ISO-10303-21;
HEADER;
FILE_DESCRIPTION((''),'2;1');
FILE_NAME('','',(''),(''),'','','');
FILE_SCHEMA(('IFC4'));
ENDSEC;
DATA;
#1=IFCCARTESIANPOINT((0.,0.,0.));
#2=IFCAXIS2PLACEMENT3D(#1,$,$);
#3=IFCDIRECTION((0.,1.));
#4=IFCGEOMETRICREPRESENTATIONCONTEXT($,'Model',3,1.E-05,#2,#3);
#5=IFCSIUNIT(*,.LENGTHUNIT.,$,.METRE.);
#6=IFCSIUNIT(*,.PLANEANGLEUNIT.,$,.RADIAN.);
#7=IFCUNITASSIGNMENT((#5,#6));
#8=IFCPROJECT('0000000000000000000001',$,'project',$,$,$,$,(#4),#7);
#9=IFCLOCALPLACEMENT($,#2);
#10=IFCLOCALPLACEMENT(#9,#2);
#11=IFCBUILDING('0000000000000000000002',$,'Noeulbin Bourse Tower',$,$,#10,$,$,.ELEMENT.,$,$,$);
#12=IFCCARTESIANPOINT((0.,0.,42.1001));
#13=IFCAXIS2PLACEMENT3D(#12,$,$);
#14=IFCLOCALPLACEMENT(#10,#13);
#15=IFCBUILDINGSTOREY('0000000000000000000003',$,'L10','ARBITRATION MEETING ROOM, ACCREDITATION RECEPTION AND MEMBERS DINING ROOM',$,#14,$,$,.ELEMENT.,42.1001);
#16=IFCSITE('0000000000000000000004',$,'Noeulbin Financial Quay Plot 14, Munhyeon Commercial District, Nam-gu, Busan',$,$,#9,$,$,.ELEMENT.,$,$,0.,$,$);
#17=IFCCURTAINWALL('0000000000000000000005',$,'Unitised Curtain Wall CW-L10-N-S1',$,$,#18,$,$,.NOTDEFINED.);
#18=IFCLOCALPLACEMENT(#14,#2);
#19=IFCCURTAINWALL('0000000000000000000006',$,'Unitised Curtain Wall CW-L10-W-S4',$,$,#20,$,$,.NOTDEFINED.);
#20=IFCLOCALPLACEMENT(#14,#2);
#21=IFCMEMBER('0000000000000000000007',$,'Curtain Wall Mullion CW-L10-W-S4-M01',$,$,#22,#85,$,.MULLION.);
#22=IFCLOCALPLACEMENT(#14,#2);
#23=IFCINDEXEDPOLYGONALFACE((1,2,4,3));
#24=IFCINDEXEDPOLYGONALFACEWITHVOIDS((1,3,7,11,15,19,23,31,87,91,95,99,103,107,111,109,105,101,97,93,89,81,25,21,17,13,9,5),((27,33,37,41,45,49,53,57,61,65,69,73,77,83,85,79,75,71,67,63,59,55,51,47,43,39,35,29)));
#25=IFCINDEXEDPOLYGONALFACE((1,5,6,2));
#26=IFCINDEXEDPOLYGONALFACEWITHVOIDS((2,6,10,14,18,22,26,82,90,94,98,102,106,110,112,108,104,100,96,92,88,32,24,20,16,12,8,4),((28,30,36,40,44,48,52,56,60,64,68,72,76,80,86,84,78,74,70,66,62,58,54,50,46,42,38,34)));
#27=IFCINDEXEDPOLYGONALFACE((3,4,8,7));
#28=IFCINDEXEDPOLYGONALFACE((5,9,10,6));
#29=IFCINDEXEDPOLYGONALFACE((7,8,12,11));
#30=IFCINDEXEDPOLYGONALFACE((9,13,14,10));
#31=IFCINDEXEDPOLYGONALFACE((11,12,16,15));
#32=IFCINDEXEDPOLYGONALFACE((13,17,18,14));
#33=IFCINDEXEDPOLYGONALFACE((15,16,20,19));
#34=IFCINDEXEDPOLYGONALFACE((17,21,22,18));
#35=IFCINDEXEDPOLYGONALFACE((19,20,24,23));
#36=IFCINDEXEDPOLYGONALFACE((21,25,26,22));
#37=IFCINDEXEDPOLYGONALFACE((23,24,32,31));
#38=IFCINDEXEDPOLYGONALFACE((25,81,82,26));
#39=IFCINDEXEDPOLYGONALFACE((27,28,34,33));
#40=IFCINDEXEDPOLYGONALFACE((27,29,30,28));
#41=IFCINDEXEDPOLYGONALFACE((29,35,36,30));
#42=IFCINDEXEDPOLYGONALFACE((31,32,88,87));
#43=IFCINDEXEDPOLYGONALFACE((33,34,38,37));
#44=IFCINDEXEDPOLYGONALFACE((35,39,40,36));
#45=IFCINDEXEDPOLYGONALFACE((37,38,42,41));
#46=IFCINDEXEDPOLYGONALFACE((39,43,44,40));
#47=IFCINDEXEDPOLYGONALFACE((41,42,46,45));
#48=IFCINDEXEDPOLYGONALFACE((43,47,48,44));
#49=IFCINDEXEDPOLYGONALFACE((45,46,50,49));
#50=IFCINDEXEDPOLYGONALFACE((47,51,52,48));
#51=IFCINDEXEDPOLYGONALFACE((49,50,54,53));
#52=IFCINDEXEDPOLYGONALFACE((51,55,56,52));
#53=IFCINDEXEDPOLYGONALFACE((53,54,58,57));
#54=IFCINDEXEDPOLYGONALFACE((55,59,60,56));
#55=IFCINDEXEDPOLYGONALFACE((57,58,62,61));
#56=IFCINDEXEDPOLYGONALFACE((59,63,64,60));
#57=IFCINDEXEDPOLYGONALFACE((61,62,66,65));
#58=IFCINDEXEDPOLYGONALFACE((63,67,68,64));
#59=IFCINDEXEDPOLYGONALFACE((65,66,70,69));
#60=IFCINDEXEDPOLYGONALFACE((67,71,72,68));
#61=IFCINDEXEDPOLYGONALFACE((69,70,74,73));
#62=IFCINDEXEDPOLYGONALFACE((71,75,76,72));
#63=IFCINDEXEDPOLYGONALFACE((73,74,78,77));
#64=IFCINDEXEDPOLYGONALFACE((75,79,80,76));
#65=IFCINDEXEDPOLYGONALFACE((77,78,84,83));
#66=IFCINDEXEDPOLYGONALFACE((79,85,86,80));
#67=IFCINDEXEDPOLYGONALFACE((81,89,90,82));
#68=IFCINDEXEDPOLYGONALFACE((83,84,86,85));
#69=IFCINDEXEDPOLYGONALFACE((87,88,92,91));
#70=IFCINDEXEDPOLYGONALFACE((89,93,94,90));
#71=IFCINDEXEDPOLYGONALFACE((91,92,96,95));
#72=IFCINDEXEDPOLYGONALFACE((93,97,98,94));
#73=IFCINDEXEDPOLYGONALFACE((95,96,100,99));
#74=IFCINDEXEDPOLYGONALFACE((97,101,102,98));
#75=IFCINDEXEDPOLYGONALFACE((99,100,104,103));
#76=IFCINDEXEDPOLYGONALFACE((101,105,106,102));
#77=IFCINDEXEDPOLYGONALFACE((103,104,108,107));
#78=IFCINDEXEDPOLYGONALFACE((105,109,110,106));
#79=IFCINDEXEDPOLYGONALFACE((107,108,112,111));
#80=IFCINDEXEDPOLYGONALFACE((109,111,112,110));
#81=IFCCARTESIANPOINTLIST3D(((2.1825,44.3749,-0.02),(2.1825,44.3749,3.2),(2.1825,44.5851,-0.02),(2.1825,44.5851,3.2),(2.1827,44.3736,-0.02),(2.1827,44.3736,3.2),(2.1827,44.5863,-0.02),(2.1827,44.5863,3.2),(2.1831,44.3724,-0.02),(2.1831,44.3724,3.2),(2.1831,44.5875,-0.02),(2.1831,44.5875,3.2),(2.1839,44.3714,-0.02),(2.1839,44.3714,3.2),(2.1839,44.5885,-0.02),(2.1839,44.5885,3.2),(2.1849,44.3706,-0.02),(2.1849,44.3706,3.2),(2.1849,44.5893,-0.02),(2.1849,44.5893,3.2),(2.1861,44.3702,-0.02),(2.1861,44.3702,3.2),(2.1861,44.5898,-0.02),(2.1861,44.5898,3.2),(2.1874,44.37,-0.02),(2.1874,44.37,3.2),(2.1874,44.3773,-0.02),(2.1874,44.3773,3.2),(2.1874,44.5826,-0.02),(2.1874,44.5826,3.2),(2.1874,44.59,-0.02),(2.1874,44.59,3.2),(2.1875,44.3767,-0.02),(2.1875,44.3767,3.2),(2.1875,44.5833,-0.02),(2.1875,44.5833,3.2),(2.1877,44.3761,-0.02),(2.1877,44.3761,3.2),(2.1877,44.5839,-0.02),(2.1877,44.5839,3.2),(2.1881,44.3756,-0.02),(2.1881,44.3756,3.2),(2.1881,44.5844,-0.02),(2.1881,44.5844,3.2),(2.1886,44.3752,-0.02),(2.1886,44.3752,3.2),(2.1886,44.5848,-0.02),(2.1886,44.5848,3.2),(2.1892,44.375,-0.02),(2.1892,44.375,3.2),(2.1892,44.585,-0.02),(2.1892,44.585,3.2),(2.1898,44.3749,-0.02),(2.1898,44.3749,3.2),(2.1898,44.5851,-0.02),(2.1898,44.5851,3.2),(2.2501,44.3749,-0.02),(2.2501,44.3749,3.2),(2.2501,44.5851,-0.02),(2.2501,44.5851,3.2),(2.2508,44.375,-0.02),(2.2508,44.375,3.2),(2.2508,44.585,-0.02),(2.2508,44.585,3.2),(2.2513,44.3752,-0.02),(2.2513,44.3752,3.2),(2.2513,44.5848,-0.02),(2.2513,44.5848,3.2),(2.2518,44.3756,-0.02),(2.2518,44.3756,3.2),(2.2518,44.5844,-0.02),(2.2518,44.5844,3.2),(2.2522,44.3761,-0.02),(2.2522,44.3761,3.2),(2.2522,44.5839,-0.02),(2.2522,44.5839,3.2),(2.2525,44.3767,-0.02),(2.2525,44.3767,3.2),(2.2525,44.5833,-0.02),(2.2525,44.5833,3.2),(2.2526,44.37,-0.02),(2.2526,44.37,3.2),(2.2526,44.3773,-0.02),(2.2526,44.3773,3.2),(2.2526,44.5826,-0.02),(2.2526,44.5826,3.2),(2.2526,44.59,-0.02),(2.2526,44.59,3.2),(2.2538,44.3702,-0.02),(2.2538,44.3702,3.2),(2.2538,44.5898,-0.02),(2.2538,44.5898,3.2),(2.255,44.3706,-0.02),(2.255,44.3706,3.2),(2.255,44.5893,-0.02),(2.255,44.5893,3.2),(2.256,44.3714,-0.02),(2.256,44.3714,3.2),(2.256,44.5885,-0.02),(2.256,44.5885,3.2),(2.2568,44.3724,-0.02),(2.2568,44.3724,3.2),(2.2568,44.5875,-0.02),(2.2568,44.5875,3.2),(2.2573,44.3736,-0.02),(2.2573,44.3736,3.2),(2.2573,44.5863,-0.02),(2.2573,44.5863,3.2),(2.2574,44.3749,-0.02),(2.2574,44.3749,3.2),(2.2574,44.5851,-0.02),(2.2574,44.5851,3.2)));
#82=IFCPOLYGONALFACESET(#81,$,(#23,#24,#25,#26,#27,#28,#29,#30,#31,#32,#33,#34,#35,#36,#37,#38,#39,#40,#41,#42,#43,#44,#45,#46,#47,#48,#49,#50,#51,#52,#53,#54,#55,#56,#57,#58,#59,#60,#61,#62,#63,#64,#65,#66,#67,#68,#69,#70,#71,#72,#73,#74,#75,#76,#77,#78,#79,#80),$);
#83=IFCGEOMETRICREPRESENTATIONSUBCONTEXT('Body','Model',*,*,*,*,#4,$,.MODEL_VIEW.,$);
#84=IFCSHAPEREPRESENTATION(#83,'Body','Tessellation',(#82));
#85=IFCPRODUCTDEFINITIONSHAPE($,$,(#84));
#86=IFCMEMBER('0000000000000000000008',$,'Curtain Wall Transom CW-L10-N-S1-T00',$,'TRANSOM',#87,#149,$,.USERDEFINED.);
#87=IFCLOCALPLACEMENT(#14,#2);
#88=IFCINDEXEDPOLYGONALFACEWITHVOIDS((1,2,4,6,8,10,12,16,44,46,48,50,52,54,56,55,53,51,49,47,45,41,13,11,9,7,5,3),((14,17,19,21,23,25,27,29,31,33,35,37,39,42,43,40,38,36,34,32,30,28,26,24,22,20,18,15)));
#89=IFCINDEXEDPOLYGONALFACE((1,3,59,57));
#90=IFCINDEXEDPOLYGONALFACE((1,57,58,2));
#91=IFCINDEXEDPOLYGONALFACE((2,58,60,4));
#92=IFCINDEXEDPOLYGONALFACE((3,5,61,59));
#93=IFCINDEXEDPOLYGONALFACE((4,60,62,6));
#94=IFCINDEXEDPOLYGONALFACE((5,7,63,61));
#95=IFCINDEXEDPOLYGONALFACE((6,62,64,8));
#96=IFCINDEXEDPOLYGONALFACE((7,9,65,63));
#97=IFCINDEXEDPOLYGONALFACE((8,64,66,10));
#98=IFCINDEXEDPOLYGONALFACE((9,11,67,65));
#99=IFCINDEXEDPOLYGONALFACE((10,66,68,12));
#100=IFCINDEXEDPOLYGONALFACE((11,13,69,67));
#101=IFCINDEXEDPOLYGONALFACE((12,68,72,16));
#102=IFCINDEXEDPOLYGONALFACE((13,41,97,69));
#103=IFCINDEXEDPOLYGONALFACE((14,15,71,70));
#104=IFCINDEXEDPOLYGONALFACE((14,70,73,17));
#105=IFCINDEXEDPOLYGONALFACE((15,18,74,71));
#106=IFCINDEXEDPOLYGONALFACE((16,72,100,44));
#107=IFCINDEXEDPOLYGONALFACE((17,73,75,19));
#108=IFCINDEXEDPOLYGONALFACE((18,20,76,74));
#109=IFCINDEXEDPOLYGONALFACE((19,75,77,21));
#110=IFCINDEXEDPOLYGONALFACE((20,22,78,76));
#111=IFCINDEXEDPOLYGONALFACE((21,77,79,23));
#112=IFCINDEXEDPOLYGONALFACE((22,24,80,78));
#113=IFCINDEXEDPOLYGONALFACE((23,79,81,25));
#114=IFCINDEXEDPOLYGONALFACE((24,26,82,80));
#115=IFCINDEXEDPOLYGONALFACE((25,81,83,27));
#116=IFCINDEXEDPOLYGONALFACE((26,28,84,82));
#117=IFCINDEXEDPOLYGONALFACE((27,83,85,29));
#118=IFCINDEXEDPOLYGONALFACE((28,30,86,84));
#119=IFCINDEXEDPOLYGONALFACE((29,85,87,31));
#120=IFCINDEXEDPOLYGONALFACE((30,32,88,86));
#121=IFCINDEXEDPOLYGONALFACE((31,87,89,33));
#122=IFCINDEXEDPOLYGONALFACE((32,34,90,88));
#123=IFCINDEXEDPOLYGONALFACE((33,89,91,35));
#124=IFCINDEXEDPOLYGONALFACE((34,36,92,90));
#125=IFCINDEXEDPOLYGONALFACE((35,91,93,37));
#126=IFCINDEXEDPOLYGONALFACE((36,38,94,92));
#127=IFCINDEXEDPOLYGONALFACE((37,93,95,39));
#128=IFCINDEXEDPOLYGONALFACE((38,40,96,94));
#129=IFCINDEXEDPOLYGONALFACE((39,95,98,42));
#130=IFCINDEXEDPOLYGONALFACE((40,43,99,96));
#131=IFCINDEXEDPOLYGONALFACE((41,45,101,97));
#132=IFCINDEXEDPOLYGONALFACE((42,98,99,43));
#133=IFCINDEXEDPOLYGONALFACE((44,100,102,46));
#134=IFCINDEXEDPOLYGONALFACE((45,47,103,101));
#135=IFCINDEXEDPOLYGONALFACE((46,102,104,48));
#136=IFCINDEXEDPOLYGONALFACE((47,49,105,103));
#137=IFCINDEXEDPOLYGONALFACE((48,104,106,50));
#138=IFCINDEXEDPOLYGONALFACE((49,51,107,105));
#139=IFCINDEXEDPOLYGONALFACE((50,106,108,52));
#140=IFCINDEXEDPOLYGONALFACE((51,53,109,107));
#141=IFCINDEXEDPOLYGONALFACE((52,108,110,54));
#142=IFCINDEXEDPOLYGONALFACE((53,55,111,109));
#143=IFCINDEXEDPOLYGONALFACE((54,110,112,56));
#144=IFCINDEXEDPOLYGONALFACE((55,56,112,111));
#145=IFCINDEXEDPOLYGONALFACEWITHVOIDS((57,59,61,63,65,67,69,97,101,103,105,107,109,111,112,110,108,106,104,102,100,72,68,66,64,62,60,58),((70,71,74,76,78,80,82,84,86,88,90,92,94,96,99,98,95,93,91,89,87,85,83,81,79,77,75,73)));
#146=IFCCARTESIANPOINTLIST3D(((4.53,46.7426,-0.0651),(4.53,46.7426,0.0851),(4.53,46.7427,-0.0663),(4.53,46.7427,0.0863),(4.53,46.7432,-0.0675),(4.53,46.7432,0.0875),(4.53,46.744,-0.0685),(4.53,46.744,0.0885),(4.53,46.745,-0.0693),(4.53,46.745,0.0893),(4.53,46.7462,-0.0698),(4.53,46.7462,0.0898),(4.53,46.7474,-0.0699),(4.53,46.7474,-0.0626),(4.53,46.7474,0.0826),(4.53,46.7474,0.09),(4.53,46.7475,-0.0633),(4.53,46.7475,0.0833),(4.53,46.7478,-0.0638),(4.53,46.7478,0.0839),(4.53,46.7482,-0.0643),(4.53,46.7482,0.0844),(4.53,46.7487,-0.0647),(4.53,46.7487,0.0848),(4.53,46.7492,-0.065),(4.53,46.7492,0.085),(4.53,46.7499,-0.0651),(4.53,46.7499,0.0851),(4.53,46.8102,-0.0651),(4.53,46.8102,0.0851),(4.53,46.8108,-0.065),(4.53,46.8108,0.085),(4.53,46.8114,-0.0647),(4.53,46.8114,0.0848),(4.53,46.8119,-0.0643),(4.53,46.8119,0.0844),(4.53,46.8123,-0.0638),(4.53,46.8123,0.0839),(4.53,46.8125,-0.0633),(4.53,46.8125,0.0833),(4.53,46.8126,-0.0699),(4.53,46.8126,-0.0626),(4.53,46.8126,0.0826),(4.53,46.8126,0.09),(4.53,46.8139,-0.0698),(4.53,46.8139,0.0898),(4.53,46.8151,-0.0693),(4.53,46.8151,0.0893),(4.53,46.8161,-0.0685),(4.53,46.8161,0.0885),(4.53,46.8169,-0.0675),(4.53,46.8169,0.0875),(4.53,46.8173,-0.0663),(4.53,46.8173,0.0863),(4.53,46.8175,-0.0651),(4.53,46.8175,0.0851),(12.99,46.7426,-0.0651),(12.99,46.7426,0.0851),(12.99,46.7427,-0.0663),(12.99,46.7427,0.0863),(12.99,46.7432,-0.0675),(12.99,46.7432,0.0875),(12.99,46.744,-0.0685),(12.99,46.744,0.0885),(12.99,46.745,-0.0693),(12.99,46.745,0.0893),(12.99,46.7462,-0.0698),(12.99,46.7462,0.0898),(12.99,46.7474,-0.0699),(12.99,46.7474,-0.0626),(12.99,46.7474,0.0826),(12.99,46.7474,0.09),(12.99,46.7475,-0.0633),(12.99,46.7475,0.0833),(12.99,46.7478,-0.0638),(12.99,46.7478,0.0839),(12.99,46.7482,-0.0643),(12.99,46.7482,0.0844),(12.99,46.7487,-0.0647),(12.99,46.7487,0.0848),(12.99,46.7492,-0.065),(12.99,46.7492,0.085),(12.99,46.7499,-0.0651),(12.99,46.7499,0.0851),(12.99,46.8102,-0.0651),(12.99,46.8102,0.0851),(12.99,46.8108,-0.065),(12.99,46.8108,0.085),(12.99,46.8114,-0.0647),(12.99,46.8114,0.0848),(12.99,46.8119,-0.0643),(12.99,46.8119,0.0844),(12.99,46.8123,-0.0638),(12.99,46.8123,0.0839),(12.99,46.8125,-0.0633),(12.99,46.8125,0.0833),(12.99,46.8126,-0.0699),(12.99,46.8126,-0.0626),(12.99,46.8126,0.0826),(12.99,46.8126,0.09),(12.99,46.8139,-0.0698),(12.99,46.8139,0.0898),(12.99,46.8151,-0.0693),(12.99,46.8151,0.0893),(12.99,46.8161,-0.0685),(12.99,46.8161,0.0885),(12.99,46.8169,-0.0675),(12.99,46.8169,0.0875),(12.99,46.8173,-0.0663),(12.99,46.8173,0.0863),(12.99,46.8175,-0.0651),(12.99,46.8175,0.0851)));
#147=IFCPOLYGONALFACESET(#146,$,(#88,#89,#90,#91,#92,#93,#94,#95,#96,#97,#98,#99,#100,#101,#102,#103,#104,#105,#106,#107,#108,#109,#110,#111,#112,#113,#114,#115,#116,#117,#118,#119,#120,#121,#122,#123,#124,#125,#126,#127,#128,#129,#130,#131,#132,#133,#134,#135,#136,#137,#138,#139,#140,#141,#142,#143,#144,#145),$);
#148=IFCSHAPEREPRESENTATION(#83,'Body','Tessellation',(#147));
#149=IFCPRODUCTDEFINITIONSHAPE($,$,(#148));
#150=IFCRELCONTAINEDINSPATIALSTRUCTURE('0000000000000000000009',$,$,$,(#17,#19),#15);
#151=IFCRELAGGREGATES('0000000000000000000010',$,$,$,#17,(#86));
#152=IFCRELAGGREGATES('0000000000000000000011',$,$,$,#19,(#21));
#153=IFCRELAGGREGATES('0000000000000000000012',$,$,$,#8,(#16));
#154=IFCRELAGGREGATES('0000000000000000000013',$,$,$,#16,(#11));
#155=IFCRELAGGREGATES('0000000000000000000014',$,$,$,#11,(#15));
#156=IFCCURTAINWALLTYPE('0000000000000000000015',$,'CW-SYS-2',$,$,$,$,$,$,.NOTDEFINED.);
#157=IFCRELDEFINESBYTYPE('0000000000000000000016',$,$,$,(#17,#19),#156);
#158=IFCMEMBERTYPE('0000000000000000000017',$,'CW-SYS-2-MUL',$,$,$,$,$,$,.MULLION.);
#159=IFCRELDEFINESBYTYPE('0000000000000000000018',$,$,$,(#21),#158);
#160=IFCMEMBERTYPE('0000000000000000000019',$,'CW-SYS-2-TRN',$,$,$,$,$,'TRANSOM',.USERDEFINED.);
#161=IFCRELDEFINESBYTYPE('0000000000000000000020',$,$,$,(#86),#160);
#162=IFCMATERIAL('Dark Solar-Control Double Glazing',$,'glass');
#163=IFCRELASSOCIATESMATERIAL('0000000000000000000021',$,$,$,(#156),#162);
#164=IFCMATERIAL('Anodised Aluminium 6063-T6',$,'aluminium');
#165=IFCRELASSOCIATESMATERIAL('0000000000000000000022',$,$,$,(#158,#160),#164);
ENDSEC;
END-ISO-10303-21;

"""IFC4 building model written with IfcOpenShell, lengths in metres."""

from ifc_helpers import new_model, si_unit, direction, frame, origin, origin_2d, place, context, subcontext, project, spatial, hollow_rectangle, extrude, material, material_profile, profile_set, type_object, element, aggregate, save


model = new_model("IFC4")

# Units and contexts
model_context = context("Model", 3, precision=1e-05, world=origin(), true_north=direction((0.0, 1.0)))
body_context = subcontext(model_context, "Body", "Model", "MODEL_VIEW")
ifc_project = project(units=[si_unit("LENGTHUNIT", "METRE"), si_unit("PLANEANGLEUNIT", "RADIAN")], contexts=[model_context])

# Site, building, storey
site_placement = place(None, origin())
site = spatial("IfcSite", under=ifc_project, at=site_placement, Name="Noeulbin Financial Quay Plot 14, Munhyeon Commercial District, Nam-gu, Busan", CompositionType="ELEMENT", RefElevation=0.0)
building_placement = place(site_placement, origin())
building = spatial("IfcBuilding", under=site, at=building_placement, Name="Noeulbin Bourse Tower", CompositionType="ELEMENT")
storey_placement = place(building_placement, frame((0.0, 0.0, 42.1001)))
storey = spatial("IfcBuildingStorey", under=building, at=storey_placement, Name="L10", Description="ARBITRATION MEETING ROOM, ACCREDITATION RECEPTION AND MEMBERS DINING ROOM", CompositionType="ELEMENT", Elevation=42.1001)

# Curtain wall
ifc_material_1 = material(Name="Dark Solar-Control Double Glazing", Category="glass")
curtain_wall_type = type_object("IfcCurtainWallType", Name="CW-SYS-2", PredefinedType="NOTDEFINED", material=ifc_material_1)
curtain_wall_1_placement = place(storey_placement, origin())
curtain_wall_1 = element("IfcCurtainWall", 1, at=curtain_wall_1_placement, inside=storey, type_object=curtain_wall_type, Name="Unitised Curtain Wall CW-L10-N-S1", PredefinedType="NOTDEFINED")
ifc_material_2 = material(Name="Anodised Aluminium 6063-T6", Category="aluminium")
ifc_material_profile_1 = material_profile(ifc_material_2, hollow_rectangle(XDim=0.075, YDim=0.22, WallThickness=0.0049, InnerFilletRadius=0.0024, OuterFilletRadius=0.0049, at=origin_2d()), Name="ALU-MULL-75x220x5", Category="LoadBearing")
ifc_profile_set_1 = profile_set([ifc_material_profile_1], Name="Anodised Aluminium 6063-T6")
member_type_1 = type_object("IfcMemberType", Name="CW-SYS-2-MUL", PredefinedType="MULLION", material=ifc_profile_set_1)

# Curtain wall, member
curtain_wall_2_placement = place(storey_placement, origin())
curtain_wall_2 = element("IfcCurtainWall", 2, at=curtain_wall_2_placement, inside=storey, type_object=curtain_wall_type, Name="Unitised Curtain Wall CW-L10-W-S4", PredefinedType="NOTDEFINED")
member_1_placement = place(storey_placement, frame((2.22, 44.48, -0.02), z_axis=(0.0, 0.0, 1.0), x_axis=(1.0, 0.0, 0.0)))
member_1 = element("IfcMember", 3, at=member_1_placement, type_object=member_type_1, Name="Curtain Wall Mullion CW-L10-W-S4-M01", PredefinedType="MULLION", context=body_context, shape_type="SweptSolid", body=[
    extrude(hollow_rectangle(XDim=0.075, YDim=0.22, WallThickness=0.0049, InnerFilletRadius=0.0024, OuterFilletRadius=0.0049, at=origin_2d()), origin(), (0.0, 0.0, 1.0), 3.22),
])

# Member
ifc_material_profile_2 = material_profile(ifc_material_2, hollow_rectangle(XDim=0.075, YDim=0.1599, WallThickness=0.0049, InnerFilletRadius=0.0024, OuterFilletRadius=0.0049, at=origin_2d()), Name="ALU-TRAN-75x160x5", Category="LoadBearing")
ifc_profile_set_2 = profile_set([ifc_material_profile_2], Name="Anodised Aluminium 6063-T6")
member_type_2 = type_object("IfcMemberType", Name="CW-SYS-2-TRN", ElementType="TRANSOM", PredefinedType="USERDEFINED", material=ifc_profile_set_2)
member_2_placement = place(storey_placement, frame((4.53, 46.78, 0.01), z_axis=(1.0, 0.0, 0.0), x_axis=(0.0, 1.0, 0.0)))
member_2 = element("IfcMember", 4, at=member_2_placement, type_object=member_type_2, Name="Curtain Wall Transom CW-L10-N-S1-T00", ObjectType="TRANSOM", PredefinedType="USERDEFINED", context=body_context, shape_type="SweptSolid", body=[
    extrude(hollow_rectangle(XDim=0.075, YDim=0.1599, WallThickness=0.0049, InnerFilletRadius=0.0024, OuterFilletRadius=0.0049, at=origin_2d()), origin(), (0.0, 0.0, 1.0), 8.46),
])

aggregate(curtain_wall_1, [member_2])
aggregate(curtain_wall_2, [member_1])

save(model, "model.ifc")
